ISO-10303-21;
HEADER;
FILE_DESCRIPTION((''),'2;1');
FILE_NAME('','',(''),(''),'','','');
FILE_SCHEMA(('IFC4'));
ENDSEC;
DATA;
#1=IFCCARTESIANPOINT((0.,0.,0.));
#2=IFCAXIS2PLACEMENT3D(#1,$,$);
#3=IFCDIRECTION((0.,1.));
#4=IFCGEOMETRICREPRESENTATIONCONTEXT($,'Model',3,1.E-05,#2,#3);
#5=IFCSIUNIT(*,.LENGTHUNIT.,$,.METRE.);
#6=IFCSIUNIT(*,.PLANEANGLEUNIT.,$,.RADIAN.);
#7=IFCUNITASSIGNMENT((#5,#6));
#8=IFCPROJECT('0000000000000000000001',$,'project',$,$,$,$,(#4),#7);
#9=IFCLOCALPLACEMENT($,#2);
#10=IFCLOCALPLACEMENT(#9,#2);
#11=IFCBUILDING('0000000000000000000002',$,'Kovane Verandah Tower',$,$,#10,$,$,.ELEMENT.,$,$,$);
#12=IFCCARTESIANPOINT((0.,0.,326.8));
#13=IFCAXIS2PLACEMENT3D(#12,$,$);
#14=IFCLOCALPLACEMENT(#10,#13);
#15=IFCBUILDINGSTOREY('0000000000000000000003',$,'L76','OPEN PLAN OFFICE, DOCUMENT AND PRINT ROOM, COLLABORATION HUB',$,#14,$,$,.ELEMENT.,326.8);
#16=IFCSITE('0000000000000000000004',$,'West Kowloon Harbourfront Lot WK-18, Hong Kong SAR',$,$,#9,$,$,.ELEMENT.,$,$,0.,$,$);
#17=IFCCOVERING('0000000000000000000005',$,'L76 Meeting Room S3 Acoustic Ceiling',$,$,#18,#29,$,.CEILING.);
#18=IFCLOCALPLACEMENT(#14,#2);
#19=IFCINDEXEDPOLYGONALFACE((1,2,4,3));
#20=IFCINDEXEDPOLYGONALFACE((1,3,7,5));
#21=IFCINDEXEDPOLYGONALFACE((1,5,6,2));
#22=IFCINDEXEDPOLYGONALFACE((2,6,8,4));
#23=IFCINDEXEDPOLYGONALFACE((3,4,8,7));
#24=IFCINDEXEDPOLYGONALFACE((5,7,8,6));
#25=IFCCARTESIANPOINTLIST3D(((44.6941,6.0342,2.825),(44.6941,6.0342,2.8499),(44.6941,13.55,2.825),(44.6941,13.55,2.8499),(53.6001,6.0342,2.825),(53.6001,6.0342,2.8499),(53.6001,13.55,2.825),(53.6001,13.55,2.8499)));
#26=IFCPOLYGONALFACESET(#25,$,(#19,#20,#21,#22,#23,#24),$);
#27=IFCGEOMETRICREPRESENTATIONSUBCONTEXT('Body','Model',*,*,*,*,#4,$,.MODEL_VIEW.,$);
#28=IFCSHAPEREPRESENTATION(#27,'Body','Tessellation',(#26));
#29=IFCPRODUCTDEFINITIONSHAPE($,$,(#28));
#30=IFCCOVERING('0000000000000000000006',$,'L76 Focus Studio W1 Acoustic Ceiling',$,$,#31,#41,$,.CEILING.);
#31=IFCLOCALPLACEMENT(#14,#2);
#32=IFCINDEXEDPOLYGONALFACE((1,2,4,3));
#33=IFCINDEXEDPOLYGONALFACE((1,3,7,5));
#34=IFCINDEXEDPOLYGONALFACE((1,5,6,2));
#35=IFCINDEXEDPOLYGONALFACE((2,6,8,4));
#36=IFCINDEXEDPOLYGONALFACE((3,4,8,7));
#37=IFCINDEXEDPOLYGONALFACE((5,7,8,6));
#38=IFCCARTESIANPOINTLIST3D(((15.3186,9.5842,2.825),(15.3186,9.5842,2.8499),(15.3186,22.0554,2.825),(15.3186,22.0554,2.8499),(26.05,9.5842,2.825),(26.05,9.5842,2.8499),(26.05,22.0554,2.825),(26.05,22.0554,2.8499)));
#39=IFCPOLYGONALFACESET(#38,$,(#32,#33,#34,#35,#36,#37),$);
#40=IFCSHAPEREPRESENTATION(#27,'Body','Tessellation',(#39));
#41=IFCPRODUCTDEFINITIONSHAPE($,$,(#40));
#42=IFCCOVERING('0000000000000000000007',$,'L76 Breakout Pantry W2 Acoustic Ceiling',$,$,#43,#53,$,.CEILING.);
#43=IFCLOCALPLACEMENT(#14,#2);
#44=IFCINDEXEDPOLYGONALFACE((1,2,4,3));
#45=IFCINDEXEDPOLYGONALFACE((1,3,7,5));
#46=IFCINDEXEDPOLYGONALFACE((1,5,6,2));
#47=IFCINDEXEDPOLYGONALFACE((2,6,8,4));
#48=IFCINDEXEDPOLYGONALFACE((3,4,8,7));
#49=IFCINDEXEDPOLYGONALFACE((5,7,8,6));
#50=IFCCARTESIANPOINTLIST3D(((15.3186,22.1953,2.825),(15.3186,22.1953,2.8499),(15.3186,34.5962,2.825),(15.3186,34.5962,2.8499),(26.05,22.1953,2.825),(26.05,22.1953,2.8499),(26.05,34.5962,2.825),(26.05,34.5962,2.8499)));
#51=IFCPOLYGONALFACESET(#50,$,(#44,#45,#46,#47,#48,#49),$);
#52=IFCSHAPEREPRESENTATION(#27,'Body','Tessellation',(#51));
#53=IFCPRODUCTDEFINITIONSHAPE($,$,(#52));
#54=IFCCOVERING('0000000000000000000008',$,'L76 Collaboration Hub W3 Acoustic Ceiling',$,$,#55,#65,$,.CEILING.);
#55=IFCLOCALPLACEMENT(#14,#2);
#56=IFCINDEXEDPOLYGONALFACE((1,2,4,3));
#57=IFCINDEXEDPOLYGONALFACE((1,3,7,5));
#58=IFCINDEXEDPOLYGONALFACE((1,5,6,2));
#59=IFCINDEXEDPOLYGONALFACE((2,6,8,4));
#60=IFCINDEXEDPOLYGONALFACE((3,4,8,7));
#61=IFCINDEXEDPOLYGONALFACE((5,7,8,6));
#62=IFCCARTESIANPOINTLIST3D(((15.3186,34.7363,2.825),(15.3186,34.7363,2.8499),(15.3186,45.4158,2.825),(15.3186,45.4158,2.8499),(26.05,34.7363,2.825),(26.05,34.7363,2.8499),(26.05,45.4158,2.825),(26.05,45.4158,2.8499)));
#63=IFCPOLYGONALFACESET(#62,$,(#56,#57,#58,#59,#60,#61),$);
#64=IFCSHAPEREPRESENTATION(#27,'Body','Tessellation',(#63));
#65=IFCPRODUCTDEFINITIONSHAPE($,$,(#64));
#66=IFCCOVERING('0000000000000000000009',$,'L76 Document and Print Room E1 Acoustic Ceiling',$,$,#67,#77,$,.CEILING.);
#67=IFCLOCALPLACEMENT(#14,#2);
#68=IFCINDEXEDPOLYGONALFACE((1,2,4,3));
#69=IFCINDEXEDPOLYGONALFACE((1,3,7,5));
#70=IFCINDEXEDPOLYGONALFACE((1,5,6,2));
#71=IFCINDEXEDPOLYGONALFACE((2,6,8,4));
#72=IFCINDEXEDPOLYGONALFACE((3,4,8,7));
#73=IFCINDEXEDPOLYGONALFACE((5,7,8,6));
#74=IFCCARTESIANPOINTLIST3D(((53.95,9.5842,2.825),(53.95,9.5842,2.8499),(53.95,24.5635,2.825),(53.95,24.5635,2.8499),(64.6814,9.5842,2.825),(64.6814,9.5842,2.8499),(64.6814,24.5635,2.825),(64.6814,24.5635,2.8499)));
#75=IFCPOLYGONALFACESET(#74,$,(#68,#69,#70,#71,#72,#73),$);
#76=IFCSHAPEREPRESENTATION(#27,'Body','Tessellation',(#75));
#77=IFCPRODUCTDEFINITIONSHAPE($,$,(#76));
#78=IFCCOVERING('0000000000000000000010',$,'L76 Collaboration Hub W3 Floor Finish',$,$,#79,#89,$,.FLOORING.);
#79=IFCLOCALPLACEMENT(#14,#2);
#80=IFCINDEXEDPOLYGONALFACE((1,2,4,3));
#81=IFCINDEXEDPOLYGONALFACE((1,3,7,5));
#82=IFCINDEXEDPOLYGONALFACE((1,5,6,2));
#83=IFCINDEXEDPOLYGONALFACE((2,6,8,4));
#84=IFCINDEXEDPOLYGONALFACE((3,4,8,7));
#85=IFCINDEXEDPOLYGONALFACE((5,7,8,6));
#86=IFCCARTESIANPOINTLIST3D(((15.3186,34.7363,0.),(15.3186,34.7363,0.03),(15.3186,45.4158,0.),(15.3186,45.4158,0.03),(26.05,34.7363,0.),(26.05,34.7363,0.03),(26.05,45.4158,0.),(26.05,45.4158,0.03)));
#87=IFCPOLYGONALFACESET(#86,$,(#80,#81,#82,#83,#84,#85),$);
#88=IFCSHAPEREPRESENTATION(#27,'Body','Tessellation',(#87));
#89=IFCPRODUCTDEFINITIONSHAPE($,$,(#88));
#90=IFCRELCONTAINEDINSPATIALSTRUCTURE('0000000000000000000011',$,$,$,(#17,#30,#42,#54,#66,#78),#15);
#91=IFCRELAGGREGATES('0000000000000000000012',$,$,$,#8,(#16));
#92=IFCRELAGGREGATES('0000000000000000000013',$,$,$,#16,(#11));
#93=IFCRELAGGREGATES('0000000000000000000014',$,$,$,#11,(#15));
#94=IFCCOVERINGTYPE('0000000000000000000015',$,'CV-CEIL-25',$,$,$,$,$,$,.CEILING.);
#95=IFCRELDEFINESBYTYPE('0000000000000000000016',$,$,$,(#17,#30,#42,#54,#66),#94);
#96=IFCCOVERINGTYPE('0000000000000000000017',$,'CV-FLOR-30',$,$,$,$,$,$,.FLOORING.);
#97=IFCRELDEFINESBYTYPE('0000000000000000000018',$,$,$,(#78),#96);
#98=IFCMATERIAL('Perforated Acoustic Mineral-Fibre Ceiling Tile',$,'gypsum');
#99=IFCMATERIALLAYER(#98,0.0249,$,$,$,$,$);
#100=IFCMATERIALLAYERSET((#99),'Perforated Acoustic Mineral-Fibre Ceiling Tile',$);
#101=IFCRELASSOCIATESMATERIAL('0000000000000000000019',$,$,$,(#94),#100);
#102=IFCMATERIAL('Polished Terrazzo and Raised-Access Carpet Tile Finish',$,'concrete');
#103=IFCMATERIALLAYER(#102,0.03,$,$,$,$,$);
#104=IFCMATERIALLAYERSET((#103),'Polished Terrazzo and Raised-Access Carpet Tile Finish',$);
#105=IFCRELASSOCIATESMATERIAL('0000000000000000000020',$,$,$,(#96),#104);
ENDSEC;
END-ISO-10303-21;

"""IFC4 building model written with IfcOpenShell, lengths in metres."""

from ifc_helpers import new_model, si_unit, direction, frame, origin, place, context, subcontext, project, spatial, polyline, outline, extrude, material, layer, layer_set, type_object, element, save


model = new_model("IFC4")

# Units and contexts
model_context = context("Model", 3, precision=1e-05, world=origin(), true_north=direction((0.0, 1.0)))
body_context = subcontext(model_context, "Body", "Model", "MODEL_VIEW")
ifc_project = project(units=[si_unit("LENGTHUNIT", "METRE"), si_unit("PLANEANGLEUNIT", "RADIAN")], contexts=[model_context])

# Site, building, storey
site_placement = place(None, origin())
site = spatial("IfcSite", under=ifc_project, at=site_placement, Name="West Kowloon Harbourfront Lot WK-18, Hong Kong SAR", CompositionType="ELEMENT", RefElevation=0.0)
building_placement = place(site_placement, origin())
building = spatial("IfcBuilding", under=site, at=building_placement, Name="Kovane Verandah Tower", CompositionType="ELEMENT")
storey_placement = place(building_placement, frame((0.0, 0.0, 326.8)))
storey = spatial("IfcBuildingStorey", under=building, at=storey_placement, Name="L76", Description="OPEN PLAN OFFICE, DOCUMENT AND PRINT ROOM, COLLABORATION HUB", CompositionType="ELEMENT", Elevation=326.8)

# Coverings
ifc_material_1 = material(Name="Perforated Acoustic Mineral-Fibre Ceiling Tile", Category="gypsum")
ifc_layer_1 = layer(ifc_material_1, 0.0249)
ifc_layer_set_1 = layer_set([ifc_layer_1], Name="Perforated Acoustic Mineral-Fibre Ceiling Tile")
covering_type_1 = type_object("IfcCoveringType", Name="CV-CEIL-25", PredefinedType="CEILING", material=ifc_layer_set_1)
covering_1_placement = place(storey_placement, frame((0.0, 0.0, 2.825)))
element("IfcCovering", 1, at=covering_1_placement, inside=storey, type_object=covering_type_1, Name="L76 Meeting Room S3 Acoustic Ceiling", PredefinedType="CEILING", context=body_context, shape_type="SweptSolid", body=[
    extrude(outline(polyline([(44.6941, 6.0342), (53.6001, 6.0342), (53.6001, 13.55), (44.6941, 13.55), (44.6941, 6.0342)])), origin(), (0.0, 0.0, 1.0), 0.0249),
])
covering_2_placement = place(storey_placement, frame((0.0, 0.0, 2.825)))
element("IfcCovering", 2, at=covering_2_placement, inside=storey, type_object=covering_type_1, Name="L76 Focus Studio W1 Acoustic Ceiling", PredefinedType="CEILING", context=body_context, shape_type="SweptSolid", body=[
    extrude(outline(polyline([(15.3186, 9.5842), (26.05, 9.5842), (26.05, 22.0554), (15.3186, 22.0554), (15.3186, 9.5842)])), origin(), (0.0, 0.0, 1.0), 0.0249),
])
covering_3_placement = place(storey_placement, frame((0.0, 0.0, 2.825)))
element("IfcCovering", 3, at=covering_3_placement, inside=storey, type_object=covering_type_1, Name="L76 Breakout Pantry W2 Acoustic Ceiling", PredefinedType="CEILING", context=body_context, shape_type="SweptSolid", body=[
    extrude(outline(polyline([(15.3186, 22.1953), (26.05, 22.1953), (26.05, 34.5962), (15.3186, 34.5962), (15.3186, 22.1953)])), origin(), (0.0, 0.0, 1.0), 0.0249),
])
covering_4_placement = place(storey_placement, frame((0.0, 0.0, 2.825)))
element("IfcCovering", 4, at=covering_4_placement, inside=storey, type_object=covering_type_1, Name="L76 Collaboration Hub W3 Acoustic Ceiling", PredefinedType="CEILING", context=body_context, shape_type="SweptSolid", body=[
    extrude(outline(polyline([(15.3186, 34.7363), (26.05, 34.7363), (26.05, 45.4158), (15.3186, 45.4158), (15.3186, 34.7363)])), origin(), (0.0, 0.0, 1.0), 0.0249),
])
covering_5_placement = place(storey_placement, frame((0.0, 0.0, 2.825)))
element("IfcCovering", 5, at=covering_5_placement, inside=storey, type_object=covering_type_1, Name="L76 Document and Print Room E1 Acoustic Ceiling", PredefinedType="CEILING", context=body_context, shape_type="SweptSolid", body=[
    extrude(outline(polyline([(53.95, 9.5842), (64.6814, 9.5842), (64.6814, 24.5635), (53.95, 24.5635), (53.95, 9.5842)])), origin(), (0.0, 0.0, 1.0), 0.0249),
])
ifc_material_2 = material(Name="Polished Terrazzo and Raised-Access Carpet Tile Finish", Category="concrete")
ifc_layer_2 = layer(ifc_material_2, 0.03)
ifc_layer_set_2 = layer_set([ifc_layer_2], Name="Polished Terrazzo and Raised-Access Carpet Tile Finish")
covering_type_2 = type_object("IfcCoveringType", Name="CV-FLOR-30", PredefinedType="FLOORING", material=ifc_layer_set_2)
covering_6_placement = place(storey_placement, origin())
element("IfcCovering", 6, at=covering_6_placement, inside=storey, type_object=covering_type_2, Name="L76 Collaboration Hub W3 Floor Finish", PredefinedType="FLOORING", context=body_context, shape_type="SweptSolid", body=[
    extrude(outline(polyline([(15.3186, 34.7363), (26.05, 34.7363), (26.05, 45.4158), (15.3186, 45.4158), (15.3186, 34.7363)])), origin(), (0.0, 0.0, 1.0), 0.03),
])

save(model, "model.ifc")
